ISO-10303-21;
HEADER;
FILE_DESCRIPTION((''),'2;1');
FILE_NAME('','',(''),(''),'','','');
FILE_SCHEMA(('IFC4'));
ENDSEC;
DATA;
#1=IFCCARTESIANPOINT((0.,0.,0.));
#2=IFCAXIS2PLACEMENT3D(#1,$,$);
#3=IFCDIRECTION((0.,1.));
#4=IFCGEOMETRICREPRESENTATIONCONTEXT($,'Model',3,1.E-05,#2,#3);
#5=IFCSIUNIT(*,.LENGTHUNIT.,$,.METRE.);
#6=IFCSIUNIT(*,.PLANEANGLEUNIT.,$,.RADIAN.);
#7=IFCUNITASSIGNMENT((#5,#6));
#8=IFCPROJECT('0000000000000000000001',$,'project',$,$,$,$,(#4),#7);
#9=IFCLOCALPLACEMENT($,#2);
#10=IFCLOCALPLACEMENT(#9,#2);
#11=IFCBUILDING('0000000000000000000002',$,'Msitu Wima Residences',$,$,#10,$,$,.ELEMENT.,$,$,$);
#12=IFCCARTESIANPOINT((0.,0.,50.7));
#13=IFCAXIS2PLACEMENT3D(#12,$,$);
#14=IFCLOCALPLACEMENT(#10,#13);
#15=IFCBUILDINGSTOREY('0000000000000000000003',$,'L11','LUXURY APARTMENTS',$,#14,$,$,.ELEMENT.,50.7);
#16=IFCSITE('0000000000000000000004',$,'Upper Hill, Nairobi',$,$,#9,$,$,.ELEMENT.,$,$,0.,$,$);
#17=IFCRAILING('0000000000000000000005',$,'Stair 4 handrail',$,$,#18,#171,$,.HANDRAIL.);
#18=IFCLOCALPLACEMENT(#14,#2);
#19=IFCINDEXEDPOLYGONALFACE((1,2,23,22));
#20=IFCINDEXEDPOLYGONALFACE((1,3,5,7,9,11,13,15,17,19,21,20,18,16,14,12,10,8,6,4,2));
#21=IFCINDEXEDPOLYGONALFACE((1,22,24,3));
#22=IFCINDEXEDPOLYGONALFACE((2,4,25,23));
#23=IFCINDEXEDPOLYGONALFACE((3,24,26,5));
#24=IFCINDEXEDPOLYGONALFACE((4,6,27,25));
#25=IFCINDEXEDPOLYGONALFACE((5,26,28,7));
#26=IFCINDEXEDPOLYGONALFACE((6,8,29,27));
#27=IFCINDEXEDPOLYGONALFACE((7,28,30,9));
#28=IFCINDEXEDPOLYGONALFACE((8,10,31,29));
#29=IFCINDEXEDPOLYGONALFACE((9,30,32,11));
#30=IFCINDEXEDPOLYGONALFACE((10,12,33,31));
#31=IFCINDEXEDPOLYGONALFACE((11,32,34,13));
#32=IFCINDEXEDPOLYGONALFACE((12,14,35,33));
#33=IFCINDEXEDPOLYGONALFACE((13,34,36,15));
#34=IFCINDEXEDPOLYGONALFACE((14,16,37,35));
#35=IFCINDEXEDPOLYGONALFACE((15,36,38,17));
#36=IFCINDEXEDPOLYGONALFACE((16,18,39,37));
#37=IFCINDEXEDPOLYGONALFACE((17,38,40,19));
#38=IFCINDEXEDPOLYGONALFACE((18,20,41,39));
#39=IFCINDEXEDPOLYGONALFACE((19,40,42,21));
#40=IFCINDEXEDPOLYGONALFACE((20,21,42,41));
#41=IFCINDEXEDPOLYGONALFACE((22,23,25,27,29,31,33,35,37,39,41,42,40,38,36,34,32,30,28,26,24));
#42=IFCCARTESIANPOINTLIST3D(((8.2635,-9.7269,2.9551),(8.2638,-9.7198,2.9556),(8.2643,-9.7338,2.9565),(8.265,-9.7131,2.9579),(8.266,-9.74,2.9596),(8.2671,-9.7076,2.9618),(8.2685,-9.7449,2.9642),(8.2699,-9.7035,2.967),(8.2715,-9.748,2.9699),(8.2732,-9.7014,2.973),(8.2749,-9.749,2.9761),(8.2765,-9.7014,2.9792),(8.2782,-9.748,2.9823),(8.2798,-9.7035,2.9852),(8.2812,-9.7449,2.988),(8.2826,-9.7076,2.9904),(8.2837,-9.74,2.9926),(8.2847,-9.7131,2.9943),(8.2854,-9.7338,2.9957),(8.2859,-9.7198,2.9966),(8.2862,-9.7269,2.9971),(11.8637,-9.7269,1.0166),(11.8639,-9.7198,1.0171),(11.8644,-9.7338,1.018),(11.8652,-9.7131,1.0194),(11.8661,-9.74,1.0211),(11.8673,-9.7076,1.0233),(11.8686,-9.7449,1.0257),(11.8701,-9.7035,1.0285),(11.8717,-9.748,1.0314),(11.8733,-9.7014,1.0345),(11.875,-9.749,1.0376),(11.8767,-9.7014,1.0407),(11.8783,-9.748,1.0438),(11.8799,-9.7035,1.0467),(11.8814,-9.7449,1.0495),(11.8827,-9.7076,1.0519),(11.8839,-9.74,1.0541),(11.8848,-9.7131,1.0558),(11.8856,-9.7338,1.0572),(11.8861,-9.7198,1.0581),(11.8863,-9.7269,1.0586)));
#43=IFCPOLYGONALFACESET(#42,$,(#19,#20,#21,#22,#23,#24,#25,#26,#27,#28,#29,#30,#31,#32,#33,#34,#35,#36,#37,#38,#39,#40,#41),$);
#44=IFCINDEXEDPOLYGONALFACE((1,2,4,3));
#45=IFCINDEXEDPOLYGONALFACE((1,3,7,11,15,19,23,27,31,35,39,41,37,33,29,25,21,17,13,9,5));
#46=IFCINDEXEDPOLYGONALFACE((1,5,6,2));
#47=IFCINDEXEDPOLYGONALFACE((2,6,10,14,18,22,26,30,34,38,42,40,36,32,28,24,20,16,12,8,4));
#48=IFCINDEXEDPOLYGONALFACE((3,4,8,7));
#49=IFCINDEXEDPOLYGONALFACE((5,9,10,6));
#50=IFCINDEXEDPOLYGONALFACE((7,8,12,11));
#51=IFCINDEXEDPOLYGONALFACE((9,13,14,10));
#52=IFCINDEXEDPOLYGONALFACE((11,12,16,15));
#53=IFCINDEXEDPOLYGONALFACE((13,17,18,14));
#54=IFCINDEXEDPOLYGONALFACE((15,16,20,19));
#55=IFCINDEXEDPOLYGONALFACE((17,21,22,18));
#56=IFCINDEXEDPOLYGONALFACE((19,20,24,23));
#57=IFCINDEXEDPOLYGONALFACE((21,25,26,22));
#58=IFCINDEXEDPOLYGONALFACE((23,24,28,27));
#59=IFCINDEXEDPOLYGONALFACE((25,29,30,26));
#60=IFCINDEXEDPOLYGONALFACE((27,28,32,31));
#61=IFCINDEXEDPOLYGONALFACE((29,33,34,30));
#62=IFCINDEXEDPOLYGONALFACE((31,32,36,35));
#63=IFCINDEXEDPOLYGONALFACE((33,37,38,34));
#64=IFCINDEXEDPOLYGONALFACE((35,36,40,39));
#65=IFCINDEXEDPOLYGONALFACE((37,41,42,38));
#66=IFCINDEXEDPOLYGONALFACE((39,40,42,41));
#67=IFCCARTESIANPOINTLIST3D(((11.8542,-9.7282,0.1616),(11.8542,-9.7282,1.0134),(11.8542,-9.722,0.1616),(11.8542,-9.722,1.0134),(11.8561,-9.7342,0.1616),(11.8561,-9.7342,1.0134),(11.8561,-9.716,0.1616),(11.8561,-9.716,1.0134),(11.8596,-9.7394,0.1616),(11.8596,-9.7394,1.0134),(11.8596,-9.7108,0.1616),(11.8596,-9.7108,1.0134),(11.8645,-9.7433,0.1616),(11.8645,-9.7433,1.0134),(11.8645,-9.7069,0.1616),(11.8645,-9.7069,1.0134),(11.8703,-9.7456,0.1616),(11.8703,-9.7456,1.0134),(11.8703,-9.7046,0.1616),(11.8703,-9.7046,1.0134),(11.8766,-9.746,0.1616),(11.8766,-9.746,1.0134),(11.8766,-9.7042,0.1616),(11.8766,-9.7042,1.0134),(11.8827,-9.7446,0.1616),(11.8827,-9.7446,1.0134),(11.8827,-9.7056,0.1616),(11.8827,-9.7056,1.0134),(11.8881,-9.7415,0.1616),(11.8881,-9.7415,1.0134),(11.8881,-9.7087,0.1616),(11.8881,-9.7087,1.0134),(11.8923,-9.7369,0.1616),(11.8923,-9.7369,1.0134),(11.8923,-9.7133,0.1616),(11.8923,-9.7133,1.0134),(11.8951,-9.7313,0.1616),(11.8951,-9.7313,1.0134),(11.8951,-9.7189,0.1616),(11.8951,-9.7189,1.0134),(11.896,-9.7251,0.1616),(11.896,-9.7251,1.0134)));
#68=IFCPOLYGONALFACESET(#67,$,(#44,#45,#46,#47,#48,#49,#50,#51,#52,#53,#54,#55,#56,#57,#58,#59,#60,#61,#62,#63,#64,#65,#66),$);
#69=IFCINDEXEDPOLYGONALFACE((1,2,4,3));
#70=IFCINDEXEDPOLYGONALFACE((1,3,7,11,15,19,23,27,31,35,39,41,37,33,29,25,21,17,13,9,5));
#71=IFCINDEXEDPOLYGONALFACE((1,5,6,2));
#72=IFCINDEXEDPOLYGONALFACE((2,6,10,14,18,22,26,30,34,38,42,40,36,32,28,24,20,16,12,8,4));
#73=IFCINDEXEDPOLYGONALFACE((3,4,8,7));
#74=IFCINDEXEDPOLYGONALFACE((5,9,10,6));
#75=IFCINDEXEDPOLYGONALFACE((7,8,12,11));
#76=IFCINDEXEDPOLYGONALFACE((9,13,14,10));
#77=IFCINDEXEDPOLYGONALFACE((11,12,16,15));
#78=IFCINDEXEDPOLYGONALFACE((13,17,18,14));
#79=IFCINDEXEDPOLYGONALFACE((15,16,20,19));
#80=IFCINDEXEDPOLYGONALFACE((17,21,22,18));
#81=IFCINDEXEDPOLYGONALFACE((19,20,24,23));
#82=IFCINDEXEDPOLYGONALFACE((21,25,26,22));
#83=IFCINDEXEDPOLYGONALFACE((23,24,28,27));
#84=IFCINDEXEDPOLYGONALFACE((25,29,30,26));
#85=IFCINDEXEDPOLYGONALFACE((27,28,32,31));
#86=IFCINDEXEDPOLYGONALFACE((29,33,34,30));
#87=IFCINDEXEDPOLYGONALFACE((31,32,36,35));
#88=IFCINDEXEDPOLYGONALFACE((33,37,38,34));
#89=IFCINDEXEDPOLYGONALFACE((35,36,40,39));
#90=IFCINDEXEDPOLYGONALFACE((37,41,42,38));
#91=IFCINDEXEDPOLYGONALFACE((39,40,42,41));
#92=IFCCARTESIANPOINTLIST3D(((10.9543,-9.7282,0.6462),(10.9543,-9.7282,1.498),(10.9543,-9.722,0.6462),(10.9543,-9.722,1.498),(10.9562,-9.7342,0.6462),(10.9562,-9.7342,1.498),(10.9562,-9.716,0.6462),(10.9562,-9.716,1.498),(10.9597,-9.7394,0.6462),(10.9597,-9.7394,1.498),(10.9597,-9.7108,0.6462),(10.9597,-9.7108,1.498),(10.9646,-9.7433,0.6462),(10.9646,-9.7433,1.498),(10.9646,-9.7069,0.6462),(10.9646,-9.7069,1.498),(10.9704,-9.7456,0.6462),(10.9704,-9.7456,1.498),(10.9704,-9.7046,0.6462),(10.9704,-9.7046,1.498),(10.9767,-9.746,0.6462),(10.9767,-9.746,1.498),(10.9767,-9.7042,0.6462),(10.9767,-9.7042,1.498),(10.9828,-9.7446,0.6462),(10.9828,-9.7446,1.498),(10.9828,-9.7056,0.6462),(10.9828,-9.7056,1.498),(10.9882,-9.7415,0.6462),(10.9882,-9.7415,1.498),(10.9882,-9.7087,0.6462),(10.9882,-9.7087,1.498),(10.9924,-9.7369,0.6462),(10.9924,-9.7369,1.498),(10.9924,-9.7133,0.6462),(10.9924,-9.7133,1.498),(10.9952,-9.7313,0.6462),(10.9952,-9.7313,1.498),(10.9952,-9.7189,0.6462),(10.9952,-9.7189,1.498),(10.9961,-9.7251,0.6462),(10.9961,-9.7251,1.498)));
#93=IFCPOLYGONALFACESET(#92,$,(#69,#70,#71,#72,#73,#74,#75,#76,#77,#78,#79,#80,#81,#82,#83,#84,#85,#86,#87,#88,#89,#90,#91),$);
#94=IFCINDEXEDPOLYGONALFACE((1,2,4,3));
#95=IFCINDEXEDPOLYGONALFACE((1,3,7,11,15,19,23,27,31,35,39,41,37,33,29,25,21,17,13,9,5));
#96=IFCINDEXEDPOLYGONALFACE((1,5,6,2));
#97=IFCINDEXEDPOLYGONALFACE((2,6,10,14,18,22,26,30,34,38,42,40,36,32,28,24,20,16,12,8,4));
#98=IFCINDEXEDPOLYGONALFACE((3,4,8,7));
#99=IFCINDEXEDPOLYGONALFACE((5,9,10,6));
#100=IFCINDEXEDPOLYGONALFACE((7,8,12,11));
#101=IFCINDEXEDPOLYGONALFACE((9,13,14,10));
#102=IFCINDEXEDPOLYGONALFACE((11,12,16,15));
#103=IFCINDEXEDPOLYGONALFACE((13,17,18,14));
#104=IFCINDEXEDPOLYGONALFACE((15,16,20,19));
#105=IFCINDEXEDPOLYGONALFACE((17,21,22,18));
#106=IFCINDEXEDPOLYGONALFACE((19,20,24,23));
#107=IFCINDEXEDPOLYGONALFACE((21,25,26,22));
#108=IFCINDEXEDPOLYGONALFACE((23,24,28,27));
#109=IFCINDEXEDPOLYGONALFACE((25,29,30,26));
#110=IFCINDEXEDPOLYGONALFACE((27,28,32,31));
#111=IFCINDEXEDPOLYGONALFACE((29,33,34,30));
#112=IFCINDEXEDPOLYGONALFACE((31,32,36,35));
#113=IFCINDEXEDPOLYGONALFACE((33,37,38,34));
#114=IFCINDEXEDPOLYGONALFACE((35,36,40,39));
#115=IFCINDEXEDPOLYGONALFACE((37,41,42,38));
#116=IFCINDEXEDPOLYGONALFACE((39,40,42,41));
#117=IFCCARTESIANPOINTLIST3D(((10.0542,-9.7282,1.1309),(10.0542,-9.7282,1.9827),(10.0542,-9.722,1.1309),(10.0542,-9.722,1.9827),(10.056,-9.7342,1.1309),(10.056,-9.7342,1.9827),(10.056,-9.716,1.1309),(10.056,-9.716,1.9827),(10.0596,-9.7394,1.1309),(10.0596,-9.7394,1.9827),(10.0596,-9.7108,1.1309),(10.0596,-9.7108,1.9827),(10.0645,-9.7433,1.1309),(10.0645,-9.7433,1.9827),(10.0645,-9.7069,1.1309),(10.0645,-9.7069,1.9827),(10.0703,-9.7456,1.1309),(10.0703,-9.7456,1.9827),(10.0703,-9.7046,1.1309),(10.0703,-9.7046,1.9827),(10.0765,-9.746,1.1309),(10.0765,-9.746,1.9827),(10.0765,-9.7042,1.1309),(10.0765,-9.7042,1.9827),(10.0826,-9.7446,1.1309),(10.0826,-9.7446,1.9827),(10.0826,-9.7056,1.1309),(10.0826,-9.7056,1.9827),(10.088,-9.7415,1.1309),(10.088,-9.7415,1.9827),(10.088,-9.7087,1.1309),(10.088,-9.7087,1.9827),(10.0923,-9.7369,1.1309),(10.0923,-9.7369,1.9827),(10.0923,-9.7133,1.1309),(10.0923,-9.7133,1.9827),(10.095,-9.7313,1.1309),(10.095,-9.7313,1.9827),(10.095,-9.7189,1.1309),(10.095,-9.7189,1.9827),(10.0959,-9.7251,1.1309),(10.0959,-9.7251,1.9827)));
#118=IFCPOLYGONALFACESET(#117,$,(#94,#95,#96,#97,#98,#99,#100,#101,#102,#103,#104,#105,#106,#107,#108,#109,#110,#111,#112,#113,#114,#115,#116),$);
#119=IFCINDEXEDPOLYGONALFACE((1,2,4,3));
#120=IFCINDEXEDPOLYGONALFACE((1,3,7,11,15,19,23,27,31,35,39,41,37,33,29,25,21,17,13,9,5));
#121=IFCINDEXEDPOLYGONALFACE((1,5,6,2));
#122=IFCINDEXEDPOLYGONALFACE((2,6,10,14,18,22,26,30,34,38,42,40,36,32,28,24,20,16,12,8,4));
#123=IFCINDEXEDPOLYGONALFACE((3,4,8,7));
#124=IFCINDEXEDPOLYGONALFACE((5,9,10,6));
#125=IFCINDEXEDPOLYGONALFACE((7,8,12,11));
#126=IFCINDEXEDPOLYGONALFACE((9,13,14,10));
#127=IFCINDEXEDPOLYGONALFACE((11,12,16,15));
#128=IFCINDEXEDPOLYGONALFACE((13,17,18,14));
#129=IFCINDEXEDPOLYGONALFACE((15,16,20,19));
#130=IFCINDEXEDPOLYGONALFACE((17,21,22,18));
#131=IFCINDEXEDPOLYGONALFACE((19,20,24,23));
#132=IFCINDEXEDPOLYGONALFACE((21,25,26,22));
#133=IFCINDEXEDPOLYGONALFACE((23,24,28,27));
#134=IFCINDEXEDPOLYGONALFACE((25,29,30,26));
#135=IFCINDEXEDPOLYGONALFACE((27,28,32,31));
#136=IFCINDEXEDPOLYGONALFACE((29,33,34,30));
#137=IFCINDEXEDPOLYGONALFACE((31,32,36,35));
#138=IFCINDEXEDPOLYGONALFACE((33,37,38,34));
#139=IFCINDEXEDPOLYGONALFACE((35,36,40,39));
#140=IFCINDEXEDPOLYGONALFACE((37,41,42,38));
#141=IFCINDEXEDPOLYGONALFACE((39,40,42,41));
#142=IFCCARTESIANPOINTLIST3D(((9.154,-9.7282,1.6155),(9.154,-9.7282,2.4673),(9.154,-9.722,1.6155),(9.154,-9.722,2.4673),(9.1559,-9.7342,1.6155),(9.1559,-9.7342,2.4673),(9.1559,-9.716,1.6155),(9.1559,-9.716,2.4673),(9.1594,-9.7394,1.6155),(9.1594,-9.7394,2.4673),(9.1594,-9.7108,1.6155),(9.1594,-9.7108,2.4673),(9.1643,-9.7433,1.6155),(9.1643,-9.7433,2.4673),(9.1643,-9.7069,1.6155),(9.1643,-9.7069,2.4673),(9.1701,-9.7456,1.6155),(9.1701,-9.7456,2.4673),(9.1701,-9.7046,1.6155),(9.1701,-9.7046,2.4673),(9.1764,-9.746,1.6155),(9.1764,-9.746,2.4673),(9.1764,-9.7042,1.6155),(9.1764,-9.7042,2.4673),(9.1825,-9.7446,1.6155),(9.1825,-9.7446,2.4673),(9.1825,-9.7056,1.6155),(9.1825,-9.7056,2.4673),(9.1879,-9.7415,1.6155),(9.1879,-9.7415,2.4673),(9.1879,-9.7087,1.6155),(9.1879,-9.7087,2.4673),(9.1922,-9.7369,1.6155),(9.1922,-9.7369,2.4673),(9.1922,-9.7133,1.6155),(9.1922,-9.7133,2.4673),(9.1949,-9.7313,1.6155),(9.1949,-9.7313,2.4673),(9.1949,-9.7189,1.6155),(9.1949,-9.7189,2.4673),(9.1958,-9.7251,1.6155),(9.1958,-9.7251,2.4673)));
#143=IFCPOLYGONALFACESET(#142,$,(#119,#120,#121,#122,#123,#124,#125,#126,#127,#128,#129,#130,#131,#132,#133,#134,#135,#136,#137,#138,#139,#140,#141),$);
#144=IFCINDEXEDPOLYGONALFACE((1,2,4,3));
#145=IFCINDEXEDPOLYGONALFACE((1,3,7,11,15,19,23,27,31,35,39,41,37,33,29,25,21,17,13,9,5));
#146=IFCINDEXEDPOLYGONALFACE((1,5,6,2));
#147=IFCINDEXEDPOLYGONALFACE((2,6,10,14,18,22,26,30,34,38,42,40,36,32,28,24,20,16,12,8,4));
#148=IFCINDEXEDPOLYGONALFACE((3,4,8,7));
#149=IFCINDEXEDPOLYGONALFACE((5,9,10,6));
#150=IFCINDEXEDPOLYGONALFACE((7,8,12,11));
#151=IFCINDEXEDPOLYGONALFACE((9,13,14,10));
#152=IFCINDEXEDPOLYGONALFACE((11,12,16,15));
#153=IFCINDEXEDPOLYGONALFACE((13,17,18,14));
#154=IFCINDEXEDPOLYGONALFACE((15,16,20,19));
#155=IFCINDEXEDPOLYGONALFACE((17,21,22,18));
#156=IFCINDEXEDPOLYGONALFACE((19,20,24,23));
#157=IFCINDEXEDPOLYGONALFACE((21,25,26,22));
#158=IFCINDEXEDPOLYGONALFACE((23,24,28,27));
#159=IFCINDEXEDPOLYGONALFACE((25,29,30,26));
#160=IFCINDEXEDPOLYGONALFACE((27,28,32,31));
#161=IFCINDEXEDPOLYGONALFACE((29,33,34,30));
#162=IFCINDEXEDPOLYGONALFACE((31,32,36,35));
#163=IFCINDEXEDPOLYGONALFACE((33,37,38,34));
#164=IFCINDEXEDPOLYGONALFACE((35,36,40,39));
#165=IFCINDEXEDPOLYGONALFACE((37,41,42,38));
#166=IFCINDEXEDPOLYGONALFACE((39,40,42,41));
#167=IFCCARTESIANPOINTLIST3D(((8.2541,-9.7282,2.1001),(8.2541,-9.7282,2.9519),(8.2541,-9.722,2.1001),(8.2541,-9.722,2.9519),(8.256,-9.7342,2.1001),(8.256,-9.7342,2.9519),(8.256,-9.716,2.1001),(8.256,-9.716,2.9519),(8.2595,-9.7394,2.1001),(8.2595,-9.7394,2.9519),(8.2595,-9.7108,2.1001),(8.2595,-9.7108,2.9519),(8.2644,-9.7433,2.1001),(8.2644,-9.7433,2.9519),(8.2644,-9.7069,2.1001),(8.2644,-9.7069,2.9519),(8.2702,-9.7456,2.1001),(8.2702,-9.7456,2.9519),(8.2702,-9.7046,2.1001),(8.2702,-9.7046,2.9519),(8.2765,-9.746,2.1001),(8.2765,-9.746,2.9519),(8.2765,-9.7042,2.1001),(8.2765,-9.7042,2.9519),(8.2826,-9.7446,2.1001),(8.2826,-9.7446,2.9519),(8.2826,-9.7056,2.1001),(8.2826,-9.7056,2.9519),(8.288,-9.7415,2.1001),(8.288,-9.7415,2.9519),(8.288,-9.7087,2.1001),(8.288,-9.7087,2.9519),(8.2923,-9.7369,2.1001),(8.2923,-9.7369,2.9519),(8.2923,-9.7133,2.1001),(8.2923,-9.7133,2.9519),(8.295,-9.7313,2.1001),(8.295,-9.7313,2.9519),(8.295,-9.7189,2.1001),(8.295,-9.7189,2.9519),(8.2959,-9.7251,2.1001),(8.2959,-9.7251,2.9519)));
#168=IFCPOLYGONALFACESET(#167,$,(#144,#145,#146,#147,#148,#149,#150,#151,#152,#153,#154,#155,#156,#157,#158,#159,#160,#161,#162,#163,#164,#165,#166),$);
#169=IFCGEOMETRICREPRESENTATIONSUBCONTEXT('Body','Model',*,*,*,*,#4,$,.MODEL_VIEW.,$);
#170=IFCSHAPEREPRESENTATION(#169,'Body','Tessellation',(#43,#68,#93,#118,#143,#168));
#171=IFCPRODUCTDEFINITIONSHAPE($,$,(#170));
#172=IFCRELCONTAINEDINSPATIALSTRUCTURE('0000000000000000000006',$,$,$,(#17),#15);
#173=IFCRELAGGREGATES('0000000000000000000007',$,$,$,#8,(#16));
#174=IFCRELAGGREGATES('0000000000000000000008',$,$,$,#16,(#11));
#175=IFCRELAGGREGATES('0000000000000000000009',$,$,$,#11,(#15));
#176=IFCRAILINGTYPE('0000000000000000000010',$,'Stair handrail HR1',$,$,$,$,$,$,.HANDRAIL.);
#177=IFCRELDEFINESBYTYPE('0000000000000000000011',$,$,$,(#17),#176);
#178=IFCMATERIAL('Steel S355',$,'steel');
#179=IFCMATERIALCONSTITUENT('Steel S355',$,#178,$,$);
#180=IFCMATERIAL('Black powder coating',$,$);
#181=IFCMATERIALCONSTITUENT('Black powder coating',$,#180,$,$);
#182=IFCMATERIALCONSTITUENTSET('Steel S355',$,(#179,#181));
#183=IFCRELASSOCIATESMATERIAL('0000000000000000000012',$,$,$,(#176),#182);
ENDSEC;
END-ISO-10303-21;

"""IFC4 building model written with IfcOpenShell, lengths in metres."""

from ifc_helpers import new_model, si_unit, direction, frame, origin, origin_2d, place, context, subcontext, project, spatial, circle, extrude, material, constituent, constituent_set, type_object, element, save


model = new_model("IFC4")

# Units and contexts
model_context = context("Model", 3, precision=1e-05, world=origin(), true_north=direction((0.0, 1.0)))
body_context = subcontext(model_context, "Body", "Model", "MODEL_VIEW")
ifc_project = project(units=[si_unit("LENGTHUNIT", "METRE"), si_unit("PLANEANGLEUNIT", "RADIAN")], contexts=[model_context])

# Site, building, storey
site_placement = place(None, origin())
site = spatial("IfcSite", under=ifc_project, at=site_placement, Name="Upper Hill, Nairobi", CompositionType="ELEMENT", RefElevation=0.0)
building_placement = place(site_placement, origin())
building = spatial("IfcBuilding", under=site, at=building_placement, Name="Msitu Wima Residences", CompositionType="ELEMENT")
storey_placement = place(building_placement, frame((0.0, 0.0, 50.7)))
storey = spatial("IfcBuildingStorey", under=building, at=storey_placement, Name="L11", Description="LUXURY APARTMENTS", CompositionType="ELEMENT", Elevation=50.7)

# Railing
ifc_material_1 = material(Name="Steel S355", Category="steel")
ifc_constituent_1 = constituent(ifc_material_1, Name="Steel S355")
ifc_material_2 = material(Name="Black powder coating")
ifc_constituent_2 = constituent(ifc_material_2, Name="Black powder coating")
ifc_constituent_set = constituent_set(constituents=[ifc_constituent_1, ifc_constituent_2], Name="Steel S355")
railing_type = type_object("IfcRailingType", Name="Stair handrail HR1", PredefinedType="HANDRAIL", material=ifc_constituent_set)
for number, where, name in (
    (1, (11.875, -9.7251, 0.1616), "Stair 4 handrail"),
):
    element("IfcRailing", number, at=place(storey_placement, frame(where)), inside=storey, type_object=railing_type, Name=name, PredefinedType="HANDRAIL", context=body_context, shape_type="SweptSolid", body=[
        extrude(circle(Radius=0.0239, at=origin_2d()), frame((0.0, 0.0, 0.876), z_axis=(-0.880475, 0.0, 0.474093), x_axis=(0.0, -1.0, 0.0)), (0.0, 0.0, 1.0), 4.0889),
        extrude(circle(Radius=0.021, at=origin_2d()), origin(), (0.0, 0.0, 1.0), 0.8518),
        extrude(circle(Radius=0.021, at=origin_2d()), frame((-0.8999, 0.0, 0.4846)), (0.0, 0.0, 1.0), 0.8518),
        extrude(circle(Radius=0.021, at=origin_2d()), frame((-1.8, 0.0, 0.9692)), (0.0, 0.0, 1.0), 0.8518),
        extrude(circle(Radius=0.021, at=origin_2d()), frame((-2.7002, 0.0, 1.4539)), (0.0, 0.0, 1.0), 0.8518),
        extrude(circle(Radius=0.021, at=origin_2d()), frame((-3.6001, 0.0, 1.9385)), (0.0, 0.0, 1.0), 0.8518),
    ])

save(model, "model.ifc")
